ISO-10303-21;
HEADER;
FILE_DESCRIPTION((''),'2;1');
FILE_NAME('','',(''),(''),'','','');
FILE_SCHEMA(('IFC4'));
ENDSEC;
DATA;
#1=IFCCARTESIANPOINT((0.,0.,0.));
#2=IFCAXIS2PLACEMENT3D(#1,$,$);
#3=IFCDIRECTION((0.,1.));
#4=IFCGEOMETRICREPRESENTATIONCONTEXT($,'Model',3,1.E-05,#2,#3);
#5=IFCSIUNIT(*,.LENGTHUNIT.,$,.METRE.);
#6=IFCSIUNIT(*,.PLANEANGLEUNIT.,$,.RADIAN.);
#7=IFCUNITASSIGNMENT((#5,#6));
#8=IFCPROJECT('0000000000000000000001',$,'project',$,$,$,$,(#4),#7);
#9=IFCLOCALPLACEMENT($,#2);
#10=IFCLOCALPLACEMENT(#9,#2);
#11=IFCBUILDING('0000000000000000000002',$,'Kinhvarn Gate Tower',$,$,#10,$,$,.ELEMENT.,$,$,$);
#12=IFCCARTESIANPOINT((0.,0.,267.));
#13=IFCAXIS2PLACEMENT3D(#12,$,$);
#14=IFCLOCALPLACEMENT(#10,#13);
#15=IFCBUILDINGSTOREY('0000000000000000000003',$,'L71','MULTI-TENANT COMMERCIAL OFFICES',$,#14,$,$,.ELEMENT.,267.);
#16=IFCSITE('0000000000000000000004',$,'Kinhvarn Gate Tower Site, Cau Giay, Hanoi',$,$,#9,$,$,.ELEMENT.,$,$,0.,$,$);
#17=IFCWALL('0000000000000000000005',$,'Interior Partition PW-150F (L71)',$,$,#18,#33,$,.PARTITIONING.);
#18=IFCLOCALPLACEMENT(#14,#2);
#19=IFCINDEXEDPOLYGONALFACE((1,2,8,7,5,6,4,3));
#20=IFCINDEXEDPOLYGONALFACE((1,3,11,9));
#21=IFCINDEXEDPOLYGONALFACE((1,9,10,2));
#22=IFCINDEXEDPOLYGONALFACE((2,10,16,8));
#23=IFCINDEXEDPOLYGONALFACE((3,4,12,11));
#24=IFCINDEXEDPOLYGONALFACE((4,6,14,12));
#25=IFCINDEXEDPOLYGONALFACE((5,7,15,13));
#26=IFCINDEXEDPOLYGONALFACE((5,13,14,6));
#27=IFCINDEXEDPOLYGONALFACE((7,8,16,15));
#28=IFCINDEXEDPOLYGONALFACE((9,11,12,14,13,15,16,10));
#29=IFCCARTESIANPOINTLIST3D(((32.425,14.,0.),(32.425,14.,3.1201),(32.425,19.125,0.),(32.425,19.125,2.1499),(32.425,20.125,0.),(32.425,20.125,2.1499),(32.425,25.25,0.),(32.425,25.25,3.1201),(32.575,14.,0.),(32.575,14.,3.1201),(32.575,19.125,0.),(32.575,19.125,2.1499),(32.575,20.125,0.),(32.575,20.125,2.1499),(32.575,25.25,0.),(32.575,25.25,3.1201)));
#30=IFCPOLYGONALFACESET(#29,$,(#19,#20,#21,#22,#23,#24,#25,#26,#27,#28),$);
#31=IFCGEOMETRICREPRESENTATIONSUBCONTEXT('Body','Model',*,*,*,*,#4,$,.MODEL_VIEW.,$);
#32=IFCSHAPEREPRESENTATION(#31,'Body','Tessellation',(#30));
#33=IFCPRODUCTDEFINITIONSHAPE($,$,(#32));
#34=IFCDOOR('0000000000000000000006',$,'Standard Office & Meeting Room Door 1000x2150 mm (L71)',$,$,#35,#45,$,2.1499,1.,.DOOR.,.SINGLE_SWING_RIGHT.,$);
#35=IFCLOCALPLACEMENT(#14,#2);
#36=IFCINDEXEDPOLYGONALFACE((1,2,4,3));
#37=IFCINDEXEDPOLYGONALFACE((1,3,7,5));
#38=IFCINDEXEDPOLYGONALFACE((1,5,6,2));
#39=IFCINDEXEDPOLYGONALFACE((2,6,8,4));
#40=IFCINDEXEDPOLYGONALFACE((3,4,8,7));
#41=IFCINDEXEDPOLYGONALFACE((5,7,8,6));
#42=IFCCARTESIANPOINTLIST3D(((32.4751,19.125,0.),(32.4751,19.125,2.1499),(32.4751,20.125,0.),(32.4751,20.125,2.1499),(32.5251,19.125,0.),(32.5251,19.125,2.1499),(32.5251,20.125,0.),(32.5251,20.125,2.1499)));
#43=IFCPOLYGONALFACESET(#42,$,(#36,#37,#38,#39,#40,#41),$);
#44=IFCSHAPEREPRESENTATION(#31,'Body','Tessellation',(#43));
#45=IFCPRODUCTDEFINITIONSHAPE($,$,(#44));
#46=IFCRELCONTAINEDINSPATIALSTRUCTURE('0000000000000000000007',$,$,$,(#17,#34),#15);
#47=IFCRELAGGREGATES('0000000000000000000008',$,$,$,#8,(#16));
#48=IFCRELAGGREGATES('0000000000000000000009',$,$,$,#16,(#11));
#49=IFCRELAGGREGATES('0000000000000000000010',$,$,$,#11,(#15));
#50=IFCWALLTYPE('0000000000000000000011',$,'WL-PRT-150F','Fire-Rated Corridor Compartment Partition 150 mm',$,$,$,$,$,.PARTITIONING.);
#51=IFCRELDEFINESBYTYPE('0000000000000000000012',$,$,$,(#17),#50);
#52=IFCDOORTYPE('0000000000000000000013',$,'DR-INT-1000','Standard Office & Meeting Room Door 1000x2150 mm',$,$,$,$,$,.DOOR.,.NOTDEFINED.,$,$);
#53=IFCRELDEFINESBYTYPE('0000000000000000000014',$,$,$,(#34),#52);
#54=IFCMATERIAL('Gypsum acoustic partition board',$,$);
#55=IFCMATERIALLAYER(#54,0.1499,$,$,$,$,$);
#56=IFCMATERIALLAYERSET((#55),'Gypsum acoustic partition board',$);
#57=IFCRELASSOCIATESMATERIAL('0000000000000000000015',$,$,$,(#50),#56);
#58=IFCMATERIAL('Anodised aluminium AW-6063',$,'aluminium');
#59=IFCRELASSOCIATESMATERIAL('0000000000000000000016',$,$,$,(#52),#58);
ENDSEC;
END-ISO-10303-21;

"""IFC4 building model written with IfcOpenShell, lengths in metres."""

from ifc_helpers import new_model, si_unit, direction, frame, frame_2d, origin, place, context, subcontext, project, spatial, rectangle, extrude, material, layer, layer_set, type_object, element, fill, save


model = new_model("IFC4")

# Units and contexts
model_context = context("Model", 3, precision=1e-05, world=origin(), true_north=direction((0.0, 1.0)))
body_context = subcontext(model_context, "Body", "Model", "MODEL_VIEW")
ifc_project = project(units=[si_unit("LENGTHUNIT", "METRE"), si_unit("PLANEANGLEUNIT", "RADIAN")], contexts=[model_context])

# Site, building, storey
site_placement = place(None, origin())
site = spatial("IfcSite", under=ifc_project, at=site_placement, Name="Kinhvarn Gate Tower Site, Cau Giay, Hanoi", CompositionType="ELEMENT", RefElevation=0.0)
building_placement = place(site_placement, origin())
building = spatial("IfcBuilding", under=site, at=building_placement, Name="Kinhvarn Gate Tower", CompositionType="ELEMENT")
storey_placement = place(building_placement, frame((0.0, 0.0, 267.0)))
storey = spatial("IfcBuildingStorey", under=building, at=storey_placement, Name="L71", Description="MULTI-TENANT COMMERCIAL OFFICES", CompositionType="ELEMENT", Elevation=267.0)

# Shared definitions
ifc_material_1 = material(Name="Anodised aluminium AW-6063", Category="aluminium")

# Wall, opening, door
ifc_material_2 = material(Name="Gypsum acoustic partition board")
ifc_layer_1 = layer(ifc_material_2, 0.1499)
ifc_layer_set_1 = layer_set([ifc_layer_1], Name="Gypsum acoustic partition board")
wall_type = type_object("IfcWallType", Name="WL-PRT-150F", Description="Fire-Rated Corridor Compartment Partition 150 mm", PredefinedType="PARTITIONING", material=ifc_layer_set_1)
wall_placement = place(storey_placement, frame((32.5, 14.0, 0.0), z_axis=(0.0, 0.0, 1.0), x_axis=(0.0, 1.0, 0.0)))
wall = element("IfcWall", 1, at=wall_placement, inside=storey, type_object=wall_type, Name="Interior Partition PW-150F (L71)", PredefinedType="PARTITIONING", context=body_context, shape_type="SweptSolid", body=[
    extrude(rectangle(XDim=11.25, YDim=0.1499, at=frame_2d((5.625, 0.0))), origin(), (0.0, 0.0, 1.0), 3.1201),
])
opening_placement = place(wall_placement, frame((5.125, 0.0, 0.0)))
opening = element("IfcOpeningElement", 2, at=opening_placement, cuts=wall, PredefinedType="OPENING", context=body_context, shape_type="SweptSolid", body=[
    extrude(rectangle(XDim=1.0, YDim=2.1499, at=frame_2d((0.5, 1.075))), frame((0.0, 0.085, 0.0), z_axis=(0.0, -1.0, 0.0), x_axis=(1.0, 0.0, 0.0)), (0.0, 0.0, 1.0), 0.1699),
])
door_type = type_object("IfcDoorType", Name="DR-INT-1000", Description="Standard Office & Meeting Room Door 1000x2150 mm", OperationType="NOTDEFINED", PredefinedType="DOOR", material=ifc_material_1)
door_placement = place(opening_placement, origin())
door = element("IfcDoor", 3, at=door_placement, inside=storey, type_object=door_type, Name="Standard Office & Meeting Room Door 1000x2150 mm (L71)", OperationType="SINGLE_SWING_RIGHT", OverallHeight=2.1499, OverallWidth=1.0, PredefinedType="DOOR", context=body_context, shape_type="SweptSolid", body=[
    extrude(rectangle(XDim=1.0, YDim=2.1499, at=frame_2d((0.5, 1.075))), frame((0.0, 0.0249, 0.0), z_axis=(0.0, -1.0, 0.0), x_axis=(1.0, 0.0, 0.0)), (0.0, 0.0, 1.0), 0.05),
])
fill(opening, door)

save(model, "model.ifc")
